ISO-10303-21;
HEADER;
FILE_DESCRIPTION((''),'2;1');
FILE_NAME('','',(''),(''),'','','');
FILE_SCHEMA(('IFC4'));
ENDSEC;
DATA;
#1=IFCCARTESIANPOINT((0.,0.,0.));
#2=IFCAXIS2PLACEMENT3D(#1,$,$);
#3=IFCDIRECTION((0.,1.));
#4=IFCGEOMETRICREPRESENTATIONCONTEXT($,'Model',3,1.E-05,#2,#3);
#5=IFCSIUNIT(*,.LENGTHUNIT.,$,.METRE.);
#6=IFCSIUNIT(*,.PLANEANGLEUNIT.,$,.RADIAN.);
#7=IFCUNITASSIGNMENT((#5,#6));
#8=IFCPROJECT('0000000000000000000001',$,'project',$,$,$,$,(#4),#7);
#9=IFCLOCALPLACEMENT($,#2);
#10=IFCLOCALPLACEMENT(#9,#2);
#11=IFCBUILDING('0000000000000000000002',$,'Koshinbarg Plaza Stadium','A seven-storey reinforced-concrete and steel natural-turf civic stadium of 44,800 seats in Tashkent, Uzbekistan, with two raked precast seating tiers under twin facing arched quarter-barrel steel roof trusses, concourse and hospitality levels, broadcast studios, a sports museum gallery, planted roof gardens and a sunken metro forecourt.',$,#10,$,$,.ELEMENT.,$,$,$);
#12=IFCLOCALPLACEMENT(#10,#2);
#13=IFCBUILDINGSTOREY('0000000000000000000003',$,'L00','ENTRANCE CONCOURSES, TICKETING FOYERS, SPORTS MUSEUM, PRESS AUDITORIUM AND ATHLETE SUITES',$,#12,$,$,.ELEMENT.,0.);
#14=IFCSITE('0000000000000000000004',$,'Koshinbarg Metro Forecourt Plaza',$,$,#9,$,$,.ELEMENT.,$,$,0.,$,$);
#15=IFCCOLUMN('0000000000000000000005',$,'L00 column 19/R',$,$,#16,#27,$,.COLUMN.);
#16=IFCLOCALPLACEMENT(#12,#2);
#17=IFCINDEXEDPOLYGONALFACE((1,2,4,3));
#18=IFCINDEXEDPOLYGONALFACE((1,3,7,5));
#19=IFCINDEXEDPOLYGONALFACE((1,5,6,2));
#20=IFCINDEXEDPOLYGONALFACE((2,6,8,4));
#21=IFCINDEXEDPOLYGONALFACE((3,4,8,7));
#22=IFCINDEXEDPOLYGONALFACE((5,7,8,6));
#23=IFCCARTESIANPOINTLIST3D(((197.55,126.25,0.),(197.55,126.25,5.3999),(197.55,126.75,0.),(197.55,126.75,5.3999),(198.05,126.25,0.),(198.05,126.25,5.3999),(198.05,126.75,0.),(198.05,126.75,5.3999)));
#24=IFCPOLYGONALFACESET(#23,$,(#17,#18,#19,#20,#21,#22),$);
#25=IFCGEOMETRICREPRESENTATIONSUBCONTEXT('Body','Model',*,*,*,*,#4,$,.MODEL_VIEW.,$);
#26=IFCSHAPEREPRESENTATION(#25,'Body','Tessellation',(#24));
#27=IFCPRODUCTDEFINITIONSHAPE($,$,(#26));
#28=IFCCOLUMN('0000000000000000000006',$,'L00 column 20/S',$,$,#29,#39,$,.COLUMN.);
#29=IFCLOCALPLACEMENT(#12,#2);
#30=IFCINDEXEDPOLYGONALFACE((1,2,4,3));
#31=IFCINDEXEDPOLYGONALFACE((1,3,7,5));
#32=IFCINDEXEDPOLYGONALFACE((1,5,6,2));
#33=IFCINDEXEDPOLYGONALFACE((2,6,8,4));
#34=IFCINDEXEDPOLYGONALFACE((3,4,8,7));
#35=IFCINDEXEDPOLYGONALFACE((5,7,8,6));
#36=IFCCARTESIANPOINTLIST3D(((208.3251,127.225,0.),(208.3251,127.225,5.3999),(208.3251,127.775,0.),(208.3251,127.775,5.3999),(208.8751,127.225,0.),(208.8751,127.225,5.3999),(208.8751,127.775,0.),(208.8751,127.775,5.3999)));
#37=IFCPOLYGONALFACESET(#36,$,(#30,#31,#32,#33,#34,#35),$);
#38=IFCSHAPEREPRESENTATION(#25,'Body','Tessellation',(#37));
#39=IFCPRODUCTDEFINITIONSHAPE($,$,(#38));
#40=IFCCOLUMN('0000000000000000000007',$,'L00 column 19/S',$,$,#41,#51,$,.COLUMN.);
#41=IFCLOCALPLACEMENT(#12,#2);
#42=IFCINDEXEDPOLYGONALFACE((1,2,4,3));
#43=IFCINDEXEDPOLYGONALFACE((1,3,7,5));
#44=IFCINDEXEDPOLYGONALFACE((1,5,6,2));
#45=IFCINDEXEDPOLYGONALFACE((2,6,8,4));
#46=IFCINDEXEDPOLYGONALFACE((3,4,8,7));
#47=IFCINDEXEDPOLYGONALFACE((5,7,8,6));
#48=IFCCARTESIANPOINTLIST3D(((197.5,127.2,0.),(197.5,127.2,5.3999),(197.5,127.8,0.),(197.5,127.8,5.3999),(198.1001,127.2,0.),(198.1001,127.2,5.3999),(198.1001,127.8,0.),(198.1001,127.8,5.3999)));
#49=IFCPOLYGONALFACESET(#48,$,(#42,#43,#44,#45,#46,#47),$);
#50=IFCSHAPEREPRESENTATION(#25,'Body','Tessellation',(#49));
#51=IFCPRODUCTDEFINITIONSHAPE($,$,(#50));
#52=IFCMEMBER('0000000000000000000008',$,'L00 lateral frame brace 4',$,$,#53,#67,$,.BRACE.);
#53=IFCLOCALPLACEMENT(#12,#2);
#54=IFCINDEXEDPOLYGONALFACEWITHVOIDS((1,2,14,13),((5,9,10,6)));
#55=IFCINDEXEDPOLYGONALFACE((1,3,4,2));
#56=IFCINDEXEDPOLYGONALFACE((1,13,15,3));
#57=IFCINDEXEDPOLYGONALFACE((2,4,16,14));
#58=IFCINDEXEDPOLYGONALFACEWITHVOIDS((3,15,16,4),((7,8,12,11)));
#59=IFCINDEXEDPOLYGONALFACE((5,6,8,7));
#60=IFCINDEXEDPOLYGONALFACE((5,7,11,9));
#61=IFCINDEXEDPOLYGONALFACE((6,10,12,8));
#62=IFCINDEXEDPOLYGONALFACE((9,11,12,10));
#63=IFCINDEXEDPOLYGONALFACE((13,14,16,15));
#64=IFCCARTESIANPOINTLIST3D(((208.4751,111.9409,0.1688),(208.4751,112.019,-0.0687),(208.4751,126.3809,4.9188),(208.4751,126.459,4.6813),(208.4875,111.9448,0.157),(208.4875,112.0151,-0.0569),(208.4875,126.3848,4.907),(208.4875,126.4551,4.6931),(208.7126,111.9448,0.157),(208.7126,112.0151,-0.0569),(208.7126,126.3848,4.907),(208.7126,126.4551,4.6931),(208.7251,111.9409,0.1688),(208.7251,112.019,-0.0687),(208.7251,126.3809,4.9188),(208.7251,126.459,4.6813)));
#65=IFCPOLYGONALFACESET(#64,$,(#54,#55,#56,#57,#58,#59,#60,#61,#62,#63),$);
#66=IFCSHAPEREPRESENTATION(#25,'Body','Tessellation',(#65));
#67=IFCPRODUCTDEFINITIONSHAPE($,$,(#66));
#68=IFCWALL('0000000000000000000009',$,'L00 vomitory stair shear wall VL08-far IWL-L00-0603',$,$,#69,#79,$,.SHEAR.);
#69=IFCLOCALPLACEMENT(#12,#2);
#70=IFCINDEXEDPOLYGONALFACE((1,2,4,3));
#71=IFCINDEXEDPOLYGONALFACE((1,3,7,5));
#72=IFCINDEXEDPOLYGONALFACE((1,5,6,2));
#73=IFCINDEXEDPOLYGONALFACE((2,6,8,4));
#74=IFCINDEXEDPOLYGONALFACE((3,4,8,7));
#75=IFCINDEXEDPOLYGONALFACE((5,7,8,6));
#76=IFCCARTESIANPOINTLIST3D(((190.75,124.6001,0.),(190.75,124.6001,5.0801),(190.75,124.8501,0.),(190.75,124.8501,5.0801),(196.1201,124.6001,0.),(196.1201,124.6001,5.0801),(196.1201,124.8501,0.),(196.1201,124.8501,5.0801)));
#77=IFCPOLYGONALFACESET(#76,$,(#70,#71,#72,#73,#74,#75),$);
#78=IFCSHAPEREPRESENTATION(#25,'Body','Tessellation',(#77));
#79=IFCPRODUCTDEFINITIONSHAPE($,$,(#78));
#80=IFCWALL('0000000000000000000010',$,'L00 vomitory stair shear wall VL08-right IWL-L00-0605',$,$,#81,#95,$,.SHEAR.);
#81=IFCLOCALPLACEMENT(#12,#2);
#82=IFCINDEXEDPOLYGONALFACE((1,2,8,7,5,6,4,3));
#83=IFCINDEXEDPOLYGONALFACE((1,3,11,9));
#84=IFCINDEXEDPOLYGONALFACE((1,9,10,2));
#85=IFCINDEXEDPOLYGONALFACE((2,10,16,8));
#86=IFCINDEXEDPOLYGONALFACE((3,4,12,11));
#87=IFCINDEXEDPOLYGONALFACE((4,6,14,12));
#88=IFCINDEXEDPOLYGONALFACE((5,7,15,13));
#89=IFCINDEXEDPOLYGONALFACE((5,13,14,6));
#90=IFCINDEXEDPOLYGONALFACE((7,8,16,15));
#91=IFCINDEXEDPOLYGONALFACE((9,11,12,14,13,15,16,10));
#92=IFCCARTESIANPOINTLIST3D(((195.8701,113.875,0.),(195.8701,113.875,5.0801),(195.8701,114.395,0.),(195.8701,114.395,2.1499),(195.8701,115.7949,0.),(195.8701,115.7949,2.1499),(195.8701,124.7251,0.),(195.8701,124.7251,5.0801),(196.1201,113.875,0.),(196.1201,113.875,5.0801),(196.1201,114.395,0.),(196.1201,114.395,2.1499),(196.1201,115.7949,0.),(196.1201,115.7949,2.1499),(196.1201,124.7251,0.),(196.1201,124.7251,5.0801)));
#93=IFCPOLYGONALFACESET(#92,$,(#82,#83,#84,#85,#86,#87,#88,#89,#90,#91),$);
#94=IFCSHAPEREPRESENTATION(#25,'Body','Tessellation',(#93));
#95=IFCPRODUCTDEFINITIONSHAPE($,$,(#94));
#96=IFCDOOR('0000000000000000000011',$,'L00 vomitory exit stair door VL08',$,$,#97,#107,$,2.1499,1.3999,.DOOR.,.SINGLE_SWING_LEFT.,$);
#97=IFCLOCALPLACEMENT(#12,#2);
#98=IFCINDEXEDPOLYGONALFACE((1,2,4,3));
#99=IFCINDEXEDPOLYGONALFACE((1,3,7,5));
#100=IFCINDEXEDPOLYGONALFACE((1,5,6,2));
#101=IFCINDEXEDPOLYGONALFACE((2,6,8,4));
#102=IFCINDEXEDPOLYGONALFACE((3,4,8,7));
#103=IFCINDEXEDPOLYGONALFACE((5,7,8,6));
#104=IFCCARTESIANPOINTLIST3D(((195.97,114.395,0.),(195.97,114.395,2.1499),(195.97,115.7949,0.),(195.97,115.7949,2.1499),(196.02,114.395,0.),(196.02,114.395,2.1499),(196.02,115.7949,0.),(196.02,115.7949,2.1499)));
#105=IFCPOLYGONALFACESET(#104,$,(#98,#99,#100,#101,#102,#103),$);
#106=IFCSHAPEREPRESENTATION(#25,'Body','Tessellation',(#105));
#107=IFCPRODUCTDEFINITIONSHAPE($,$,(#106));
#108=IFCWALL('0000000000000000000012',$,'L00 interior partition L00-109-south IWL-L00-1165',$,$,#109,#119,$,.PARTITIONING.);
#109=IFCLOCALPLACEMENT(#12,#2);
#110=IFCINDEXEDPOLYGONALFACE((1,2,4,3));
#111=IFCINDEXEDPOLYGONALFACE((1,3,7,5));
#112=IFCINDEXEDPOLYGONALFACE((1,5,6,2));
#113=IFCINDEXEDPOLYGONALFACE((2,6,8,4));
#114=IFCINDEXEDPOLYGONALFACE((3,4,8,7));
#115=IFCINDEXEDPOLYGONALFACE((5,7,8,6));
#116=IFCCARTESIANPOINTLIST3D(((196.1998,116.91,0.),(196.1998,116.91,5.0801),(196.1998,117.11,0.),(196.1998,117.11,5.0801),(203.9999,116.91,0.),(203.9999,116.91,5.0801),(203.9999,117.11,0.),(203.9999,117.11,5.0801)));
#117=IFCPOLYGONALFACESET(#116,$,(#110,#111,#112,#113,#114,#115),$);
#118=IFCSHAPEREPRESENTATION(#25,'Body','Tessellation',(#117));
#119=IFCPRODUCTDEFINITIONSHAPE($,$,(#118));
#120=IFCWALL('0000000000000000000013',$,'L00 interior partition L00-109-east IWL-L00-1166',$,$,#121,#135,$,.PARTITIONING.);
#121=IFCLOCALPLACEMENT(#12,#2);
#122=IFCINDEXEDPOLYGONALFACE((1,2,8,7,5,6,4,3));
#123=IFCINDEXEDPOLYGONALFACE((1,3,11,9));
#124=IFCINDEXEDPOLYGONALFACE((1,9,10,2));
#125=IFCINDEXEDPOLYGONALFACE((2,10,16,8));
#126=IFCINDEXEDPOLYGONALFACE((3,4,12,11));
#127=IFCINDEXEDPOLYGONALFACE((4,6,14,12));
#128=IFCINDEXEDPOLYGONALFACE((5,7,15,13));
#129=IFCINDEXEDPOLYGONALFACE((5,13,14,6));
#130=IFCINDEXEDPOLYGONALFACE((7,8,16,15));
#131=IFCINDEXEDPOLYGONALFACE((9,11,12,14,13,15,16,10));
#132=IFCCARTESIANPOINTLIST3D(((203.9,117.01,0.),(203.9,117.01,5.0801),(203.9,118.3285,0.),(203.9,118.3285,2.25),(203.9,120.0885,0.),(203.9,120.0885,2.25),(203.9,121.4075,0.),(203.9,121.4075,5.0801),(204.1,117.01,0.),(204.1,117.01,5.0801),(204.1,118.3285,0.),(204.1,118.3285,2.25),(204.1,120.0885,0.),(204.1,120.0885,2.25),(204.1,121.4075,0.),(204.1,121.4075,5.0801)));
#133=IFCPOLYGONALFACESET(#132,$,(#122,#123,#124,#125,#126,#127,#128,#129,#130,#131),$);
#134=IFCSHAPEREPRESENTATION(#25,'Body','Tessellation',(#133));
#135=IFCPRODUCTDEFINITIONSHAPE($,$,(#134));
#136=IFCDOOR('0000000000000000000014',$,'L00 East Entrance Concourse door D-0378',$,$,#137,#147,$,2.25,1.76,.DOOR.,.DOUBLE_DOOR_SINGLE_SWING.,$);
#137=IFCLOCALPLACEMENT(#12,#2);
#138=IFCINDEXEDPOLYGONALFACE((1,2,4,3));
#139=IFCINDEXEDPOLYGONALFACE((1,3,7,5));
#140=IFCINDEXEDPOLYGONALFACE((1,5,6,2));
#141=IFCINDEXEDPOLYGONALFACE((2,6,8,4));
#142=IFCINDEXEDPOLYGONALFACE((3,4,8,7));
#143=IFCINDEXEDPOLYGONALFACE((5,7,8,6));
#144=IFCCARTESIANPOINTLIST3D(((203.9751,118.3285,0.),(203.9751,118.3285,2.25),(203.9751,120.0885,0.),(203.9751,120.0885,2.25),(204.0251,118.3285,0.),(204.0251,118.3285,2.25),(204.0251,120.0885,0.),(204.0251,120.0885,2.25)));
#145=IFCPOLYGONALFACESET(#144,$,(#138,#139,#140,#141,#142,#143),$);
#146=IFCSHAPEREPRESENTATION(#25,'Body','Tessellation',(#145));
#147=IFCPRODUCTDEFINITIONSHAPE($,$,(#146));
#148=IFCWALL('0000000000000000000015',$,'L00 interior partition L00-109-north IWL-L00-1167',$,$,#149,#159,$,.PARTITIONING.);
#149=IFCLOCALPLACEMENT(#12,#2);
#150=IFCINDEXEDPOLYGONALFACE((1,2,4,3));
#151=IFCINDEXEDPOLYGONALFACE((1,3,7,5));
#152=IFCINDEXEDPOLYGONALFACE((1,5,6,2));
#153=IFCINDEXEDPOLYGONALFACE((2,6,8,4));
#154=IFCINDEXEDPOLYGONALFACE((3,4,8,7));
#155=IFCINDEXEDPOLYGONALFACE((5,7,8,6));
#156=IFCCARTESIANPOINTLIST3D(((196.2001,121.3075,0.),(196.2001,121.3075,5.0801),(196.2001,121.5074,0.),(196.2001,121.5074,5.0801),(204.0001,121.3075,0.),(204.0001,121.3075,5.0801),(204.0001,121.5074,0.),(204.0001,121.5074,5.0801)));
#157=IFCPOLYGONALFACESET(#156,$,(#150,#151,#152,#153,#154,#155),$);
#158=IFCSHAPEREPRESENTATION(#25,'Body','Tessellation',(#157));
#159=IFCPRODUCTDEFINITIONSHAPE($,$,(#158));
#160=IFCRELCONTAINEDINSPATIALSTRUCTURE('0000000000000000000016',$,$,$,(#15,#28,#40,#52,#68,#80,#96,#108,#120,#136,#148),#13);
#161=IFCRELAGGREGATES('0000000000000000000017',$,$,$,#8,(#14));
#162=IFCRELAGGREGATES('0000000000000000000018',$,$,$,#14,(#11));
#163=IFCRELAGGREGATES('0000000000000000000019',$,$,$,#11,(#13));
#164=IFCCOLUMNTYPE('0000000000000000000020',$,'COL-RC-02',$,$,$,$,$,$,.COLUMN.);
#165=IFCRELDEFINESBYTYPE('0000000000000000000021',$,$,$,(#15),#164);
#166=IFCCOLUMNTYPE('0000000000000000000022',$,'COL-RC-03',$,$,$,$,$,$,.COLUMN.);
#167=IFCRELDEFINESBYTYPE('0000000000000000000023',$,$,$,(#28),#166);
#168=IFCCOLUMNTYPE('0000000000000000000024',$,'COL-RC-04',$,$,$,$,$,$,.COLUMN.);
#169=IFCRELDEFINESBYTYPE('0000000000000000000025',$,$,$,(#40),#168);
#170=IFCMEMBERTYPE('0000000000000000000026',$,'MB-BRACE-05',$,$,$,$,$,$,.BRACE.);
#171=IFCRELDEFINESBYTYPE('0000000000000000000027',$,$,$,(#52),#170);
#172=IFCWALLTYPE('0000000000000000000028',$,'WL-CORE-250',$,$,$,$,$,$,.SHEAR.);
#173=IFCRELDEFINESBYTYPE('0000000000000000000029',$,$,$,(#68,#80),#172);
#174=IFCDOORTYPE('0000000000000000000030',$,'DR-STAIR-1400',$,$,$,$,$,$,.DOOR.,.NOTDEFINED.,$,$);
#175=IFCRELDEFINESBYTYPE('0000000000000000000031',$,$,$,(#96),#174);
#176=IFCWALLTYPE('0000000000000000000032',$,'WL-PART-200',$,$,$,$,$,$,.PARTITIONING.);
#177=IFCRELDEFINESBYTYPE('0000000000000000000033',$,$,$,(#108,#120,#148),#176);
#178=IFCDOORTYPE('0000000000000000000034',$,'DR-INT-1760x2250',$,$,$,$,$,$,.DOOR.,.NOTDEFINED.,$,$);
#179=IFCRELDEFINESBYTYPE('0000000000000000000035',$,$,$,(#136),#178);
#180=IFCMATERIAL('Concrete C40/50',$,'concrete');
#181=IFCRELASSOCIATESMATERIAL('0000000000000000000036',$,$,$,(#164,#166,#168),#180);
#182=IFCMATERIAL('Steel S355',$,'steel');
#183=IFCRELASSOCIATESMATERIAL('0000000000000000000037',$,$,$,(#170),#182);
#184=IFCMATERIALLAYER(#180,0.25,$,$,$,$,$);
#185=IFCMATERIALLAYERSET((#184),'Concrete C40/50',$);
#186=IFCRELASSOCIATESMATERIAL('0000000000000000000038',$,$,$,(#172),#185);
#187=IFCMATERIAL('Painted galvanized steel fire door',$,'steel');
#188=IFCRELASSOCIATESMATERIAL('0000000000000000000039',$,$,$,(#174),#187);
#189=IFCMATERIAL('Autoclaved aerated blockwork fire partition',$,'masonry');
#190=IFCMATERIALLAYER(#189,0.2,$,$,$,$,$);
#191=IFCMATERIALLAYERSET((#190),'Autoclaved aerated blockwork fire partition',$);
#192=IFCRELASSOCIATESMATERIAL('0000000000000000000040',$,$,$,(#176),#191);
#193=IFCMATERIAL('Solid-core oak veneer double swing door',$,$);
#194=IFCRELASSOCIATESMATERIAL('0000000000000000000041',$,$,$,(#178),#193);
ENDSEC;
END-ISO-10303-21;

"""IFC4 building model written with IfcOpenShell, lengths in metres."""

from ifc_helpers import new_model, si_unit, direction, frame, frame_2d, origin, origin_2d, place, context, subcontext, project, spatial, rectangle, hollow_rectangle, extrude, material, layer, layer_set, material_profile, profile_set, type_object, element, fill, save


model = new_model("IFC4")

# Units and contexts
model_context = context("Model", 3, precision=1e-05, world=origin(), true_north=direction((0.0, 1.0)))
body_context = subcontext(model_context, "Body", "Model", "MODEL_VIEW")
ifc_project = project(units=[si_unit("LENGTHUNIT", "METRE"), si_unit("PLANEANGLEUNIT", "RADIAN")], contexts=[model_context])

# Site, building, storey
site_placement = place(None, origin())
site = spatial("IfcSite", under=ifc_project, at=site_placement, Name="Koshinbarg Metro Forecourt Plaza", CompositionType="ELEMENT", RefElevation=0.0)
building_placement = place(site_placement, origin())
building = spatial("IfcBuilding", under=site, at=building_placement, Name="Koshinbarg Plaza Stadium", Description="A seven-storey reinforced-concrete and steel natural-turf civic stadium of 44,800 seats in Tashkent, Uzbekistan, with two raked precast seating tiers under twin facing arched quarter-barrel steel roof trusses, concourse and hospitality levels, broadcast studios, a sports museum gallery, planted roof gardens and a sunken metro forecourt.", CompositionType="ELEMENT")
storey_placement = place(building_placement, origin())
storey = spatial("IfcBuildingStorey", under=building, at=storey_placement, Name="L00", Description="ENTRANCE CONCOURSES, TICKETING FOYERS, SPORTS MUSEUM, PRESS AUDITORIUM AND ATHLETE SUITES", CompositionType="ELEMENT", Elevation=0.0)

# Columns
ifc_material_1 = material(Name="Concrete C40/50", Category="concrete")
ifc_material_profile_1 = material_profile(ifc_material_1, rectangle(XDim=0.5, YDim=0.5, at=origin_2d()), Name="RC 500x500")
ifc_profile_set_1 = profile_set([ifc_material_profile_1], Name="Concrete C40/50")
column_type_1 = type_object("IfcColumnType", Name="COL-RC-02", PredefinedType="COLUMN", material=ifc_profile_set_1)
column_1_placement = place(storey_placement, frame((197.8, 126.5, 0.0), z_axis=(0.0, 0.0, 1.0), x_axis=(1.0, 0.0, 0.0)))
element("IfcColumn", 1, at=column_1_placement, inside=storey, type_object=column_type_1, Name="L00 column 19/R", PredefinedType="COLUMN", context=body_context, shape_type="SweptSolid", body=[
    extrude(rectangle(XDim=0.5, YDim=0.5, at=origin_2d()), origin(), (0.0, 0.0, 1.0), 5.3999),
])
ifc_material_profile_2 = material_profile(ifc_material_1, rectangle(XDim=0.55, YDim=0.55, at=origin_2d()), Name="RC 550x550")
ifc_profile_set_2 = profile_set([ifc_material_profile_2], Name="Concrete C40/50")
column_type_2 = type_object("IfcColumnType", Name="COL-RC-03", PredefinedType="COLUMN", material=ifc_profile_set_2)
column_2_placement = place(storey_placement, frame((208.6001, 127.5, 0.0), z_axis=(0.0, 0.0, 1.0), x_axis=(1.0, 0.0, 0.0)))
element("IfcColumn", 2, at=column_2_placement, inside=storey, type_object=column_type_2, Name="L00 column 20/S", PredefinedType="COLUMN", context=body_context, shape_type="SweptSolid", body=[
    extrude(rectangle(XDim=0.55, YDim=0.55, at=origin_2d()), origin(), (0.0, 0.0, 1.0), 5.3999),
])
ifc_material_profile_3 = material_profile(ifc_material_1, rectangle(XDim=0.6001, YDim=0.6001, at=origin_2d()), Name="RC 600x600")
ifc_profile_set_3 = profile_set([ifc_material_profile_3], Name="Concrete C40/50")
column_type_3 = type_object("IfcColumnType", Name="COL-RC-04", PredefinedType="COLUMN", material=ifc_profile_set_3)
column_3_placement = place(storey_placement, frame((197.8, 127.5, 0.0), z_axis=(0.0, 0.0, 1.0), x_axis=(1.0, 0.0, 0.0)))
element("IfcColumn", 3, at=column_3_placement, inside=storey, type_object=column_type_3, Name="L00 column 19/S", PredefinedType="COLUMN", context=body_context, shape_type="SweptSolid", body=[
    extrude(rectangle(XDim=0.6001, YDim=0.6001, at=origin_2d()), origin(), (0.0, 0.0, 1.0), 5.3999),
])

# Member
ifc_material_2 = material(Name="Steel S355", Category="steel")
ifc_material_profile_4 = material_profile(ifc_material_2, hollow_rectangle(XDim=0.25, YDim=0.25, WallThickness=0.0125, at=origin_2d()), Name="SHS 250x250x12.5")
ifc_profile_set_4 = profile_set([ifc_material_profile_4], Name="Steel S355")
member_type = type_object("IfcMemberType", Name="MB-BRACE-05", PredefinedType="BRACE", material=ifc_profile_set_4)
member_placement = place(storey_placement, frame((208.6001, 111.98, 0.05), z_axis=(0.0, 0.949925, 0.312477), x_axis=(-1.0, 0.0, 0.0)))
element("IfcMember", 4, at=member_placement, inside=storey, type_object=member_type, Name="L00 lateral frame brace 4", PredefinedType="BRACE", context=body_context, shape_type="SweptSolid", body=[
    extrude(hollow_rectangle(XDim=0.25, YDim=0.25, WallThickness=0.0125, at=origin_2d()), origin(), (0.0, 0.0, 1.0), 15.2012),
])

# Wall
ifc_layer_1 = layer(ifc_material_1, 0.25)
ifc_layer_set_1 = layer_set([ifc_layer_1], Name="Concrete C40/50")
wall_type_1 = type_object("IfcWallType", Name="WL-CORE-250", PredefinedType="SHEAR", material=ifc_layer_set_1)
wall_1_placement = place(storey_placement, frame((196.1201, 124.7251, 0.0), z_axis=(0.0, 0.0, 1.0), x_axis=(-1.0, 0.0, 0.0)))
element("IfcWall", 5, at=wall_1_placement, inside=storey, type_object=wall_type_1, Name="L00 vomitory stair shear wall VL08-far IWL-L00-0603", PredefinedType="SHEAR", context=body_context, shape_type="SweptSolid", body=[
    extrude(rectangle(XDim=5.3701, YDim=0.25, at=frame_2d((2.6851, 0.0))), origin(), (0.0, 0.0, 1.0), 5.0801),
])

# Wall, opening, door
wall_2_placement = place(storey_placement, frame((195.9951, 113.875, 0.0), z_axis=(0.0, 0.0, 1.0), x_axis=(0.0, 1.0, 0.0)))
wall_2 = element("IfcWall", 6, at=wall_2_placement, inside=storey, type_object=wall_type_1, Name="L00 vomitory stair shear wall VL08-right IWL-L00-0605", PredefinedType="SHEAR", context=body_context, shape_type="SweptSolid", body=[
    extrude(rectangle(XDim=10.8501, YDim=0.25, at=frame_2d((5.425, 0.0))), origin(), (0.0, 0.0, 1.0), 5.0801),
])
opening_1_placement = place(wall_2_placement, frame((0.52, 0.0, 0.0)))
opening_1 = element("IfcOpeningElement", 7, at=opening_1_placement, cuts=wall_2, PredefinedType="OPENING", context=body_context, shape_type="SweptSolid", body=[
    extrude(rectangle(XDim=1.3999, YDim=2.1499, at=frame_2d((0.7, 1.075))), frame((0.0, 0.135, 0.0), z_axis=(0.0, -1.0, 0.0), x_axis=(1.0, 0.0, 0.0)), (0.0, 0.0, 1.0), 0.27),
])
ifc_material_3 = material(Name="Painted galvanized steel fire door", Category="steel")
door_type_1 = type_object("IfcDoorType", Name="DR-STAIR-1400", OperationType="NOTDEFINED", PredefinedType="DOOR", material=ifc_material_3)
door_1_placement = place(opening_1_placement, frame((1.3999, 0.0, 0.0), z_axis=(0.0, 0.0, 1.0), x_axis=(-1.0, 0.0, 0.0)))
door_1 = element("IfcDoor", 8, at=door_1_placement, inside=storey, type_object=door_type_1, Name="L00 vomitory exit stair door VL08", OperationType="SINGLE_SWING_LEFT", OverallHeight=2.1499, OverallWidth=1.3999, PredefinedType="DOOR", context=body_context, shape_type="SweptSolid", body=[
    extrude(rectangle(XDim=1.3999, YDim=2.1499, at=frame_2d((0.7, 1.075))), frame((0.0, 0.0249, 0.0), z_axis=(0.0, -1.0, 0.0), x_axis=(1.0, 0.0, 0.0)), (0.0, 0.0, 1.0), 0.05),
])
fill(opening_1, door_1)

# Wall
ifc_material_4 = material(Name="Autoclaved aerated blockwork fire partition", Category="masonry")
ifc_layer_2 = layer(ifc_material_4, 0.2)
ifc_layer_set_2 = layer_set([ifc_layer_2], Name="Autoclaved aerated blockwork fire partition")
wall_type_2 = type_object("IfcWallType", Name="WL-PART-200", PredefinedType="PARTITIONING", material=ifc_layer_set_2)
wall_3_placement = place(storey_placement, frame((196.2, 117.01, 0.0), z_axis=(0.0, 0.0, 1.0), x_axis=(1.0, 0.0, 0.0)))
element("IfcWall", 9, at=wall_3_placement, inside=storey, type_object=wall_type_2, Name="L00 interior partition L00-109-south IWL-L00-1165", PredefinedType="PARTITIONING", context=body_context, shape_type="SweptSolid", body=[
    extrude(rectangle(XDim=7.8, YDim=0.2, at=frame_2d((3.8999, 0.0))), origin(), (0.0, 0.0, 1.0), 5.0801),
])

# Wall, opening, door
wall_4_placement = place(storey_placement, frame((204.0, 117.01, 0.0), z_axis=(0.0, 0.0, 1.0), x_axis=(0.0, 1.0, 0.0)))
wall_4 = element("IfcWall", 10, at=wall_4_placement, inside=storey, type_object=wall_type_2, Name="L00 interior partition L00-109-east IWL-L00-1166", PredefinedType="PARTITIONING", context=body_context, shape_type="SweptSolid", body=[
    extrude(rectangle(XDim=4.3975, YDim=0.2, at=frame_2d((2.1987, 0.0))), origin(), (0.0, 0.0, 1.0), 5.0801),
])
opening_2_placement = place(wall_4_placement, frame((1.3186, 0.0, 0.0)))
opening_2 = element("IfcOpeningElement", 11, at=opening_2_placement, cuts=wall_4, PredefinedType="OPENING", context=body_context, shape_type="SweptSolid", body=[
    extrude(rectangle(XDim=1.76, YDim=2.25, at=frame_2d((0.8799, 1.125))), frame((0.0, 0.1099, 0.0), z_axis=(0.0, -1.0, 0.0), x_axis=(1.0, 0.0, 0.0)), (0.0, 0.0, 1.0), 0.22),
])
ifc_material_5 = material(Name="Solid-core oak veneer double swing door")
door_type_2 = type_object("IfcDoorType", Name="DR-INT-1760x2250", OperationType="NOTDEFINED", PredefinedType="DOOR", material=ifc_material_5)
door_2_placement = place(opening_2_placement, origin())
door_2 = element("IfcDoor", 12, at=door_2_placement, inside=storey, type_object=door_type_2, Name="L00 East Entrance Concourse door D-0378", OperationType="DOUBLE_DOOR_SINGLE_SWING", OverallHeight=2.25, OverallWidth=1.76, PredefinedType="DOOR", context=body_context, shape_type="SweptSolid", body=[
    extrude(rectangle(XDim=1.76, YDim=2.25, at=frame_2d((0.8799, 1.125))), frame((0.0, 0.0249, 0.0), z_axis=(0.0, -1.0, 0.0), x_axis=(1.0, 0.0, 0.0)), (0.0, 0.0, 1.0), 0.05),
])
fill(opening_2, door_2)

# Wall
wall_5_placement = place(storey_placement, frame((204.0, 121.4075, 0.0), z_axis=(0.0, 0.0, 1.0), x_axis=(-1.0, 0.0, 0.0)))
element("IfcWall", 13, at=wall_5_placement, inside=storey, type_object=wall_type_2, Name="L00 interior partition L00-109-north IWL-L00-1167", PredefinedType="PARTITIONING", context=body_context, shape_type="SweptSolid", body=[
    extrude(rectangle(XDim=7.8, YDim=0.2, at=frame_2d((3.8999, 0.0))), origin(), (0.0, 0.0, 1.0), 5.0801),
])

save(model, "model.ifc")
